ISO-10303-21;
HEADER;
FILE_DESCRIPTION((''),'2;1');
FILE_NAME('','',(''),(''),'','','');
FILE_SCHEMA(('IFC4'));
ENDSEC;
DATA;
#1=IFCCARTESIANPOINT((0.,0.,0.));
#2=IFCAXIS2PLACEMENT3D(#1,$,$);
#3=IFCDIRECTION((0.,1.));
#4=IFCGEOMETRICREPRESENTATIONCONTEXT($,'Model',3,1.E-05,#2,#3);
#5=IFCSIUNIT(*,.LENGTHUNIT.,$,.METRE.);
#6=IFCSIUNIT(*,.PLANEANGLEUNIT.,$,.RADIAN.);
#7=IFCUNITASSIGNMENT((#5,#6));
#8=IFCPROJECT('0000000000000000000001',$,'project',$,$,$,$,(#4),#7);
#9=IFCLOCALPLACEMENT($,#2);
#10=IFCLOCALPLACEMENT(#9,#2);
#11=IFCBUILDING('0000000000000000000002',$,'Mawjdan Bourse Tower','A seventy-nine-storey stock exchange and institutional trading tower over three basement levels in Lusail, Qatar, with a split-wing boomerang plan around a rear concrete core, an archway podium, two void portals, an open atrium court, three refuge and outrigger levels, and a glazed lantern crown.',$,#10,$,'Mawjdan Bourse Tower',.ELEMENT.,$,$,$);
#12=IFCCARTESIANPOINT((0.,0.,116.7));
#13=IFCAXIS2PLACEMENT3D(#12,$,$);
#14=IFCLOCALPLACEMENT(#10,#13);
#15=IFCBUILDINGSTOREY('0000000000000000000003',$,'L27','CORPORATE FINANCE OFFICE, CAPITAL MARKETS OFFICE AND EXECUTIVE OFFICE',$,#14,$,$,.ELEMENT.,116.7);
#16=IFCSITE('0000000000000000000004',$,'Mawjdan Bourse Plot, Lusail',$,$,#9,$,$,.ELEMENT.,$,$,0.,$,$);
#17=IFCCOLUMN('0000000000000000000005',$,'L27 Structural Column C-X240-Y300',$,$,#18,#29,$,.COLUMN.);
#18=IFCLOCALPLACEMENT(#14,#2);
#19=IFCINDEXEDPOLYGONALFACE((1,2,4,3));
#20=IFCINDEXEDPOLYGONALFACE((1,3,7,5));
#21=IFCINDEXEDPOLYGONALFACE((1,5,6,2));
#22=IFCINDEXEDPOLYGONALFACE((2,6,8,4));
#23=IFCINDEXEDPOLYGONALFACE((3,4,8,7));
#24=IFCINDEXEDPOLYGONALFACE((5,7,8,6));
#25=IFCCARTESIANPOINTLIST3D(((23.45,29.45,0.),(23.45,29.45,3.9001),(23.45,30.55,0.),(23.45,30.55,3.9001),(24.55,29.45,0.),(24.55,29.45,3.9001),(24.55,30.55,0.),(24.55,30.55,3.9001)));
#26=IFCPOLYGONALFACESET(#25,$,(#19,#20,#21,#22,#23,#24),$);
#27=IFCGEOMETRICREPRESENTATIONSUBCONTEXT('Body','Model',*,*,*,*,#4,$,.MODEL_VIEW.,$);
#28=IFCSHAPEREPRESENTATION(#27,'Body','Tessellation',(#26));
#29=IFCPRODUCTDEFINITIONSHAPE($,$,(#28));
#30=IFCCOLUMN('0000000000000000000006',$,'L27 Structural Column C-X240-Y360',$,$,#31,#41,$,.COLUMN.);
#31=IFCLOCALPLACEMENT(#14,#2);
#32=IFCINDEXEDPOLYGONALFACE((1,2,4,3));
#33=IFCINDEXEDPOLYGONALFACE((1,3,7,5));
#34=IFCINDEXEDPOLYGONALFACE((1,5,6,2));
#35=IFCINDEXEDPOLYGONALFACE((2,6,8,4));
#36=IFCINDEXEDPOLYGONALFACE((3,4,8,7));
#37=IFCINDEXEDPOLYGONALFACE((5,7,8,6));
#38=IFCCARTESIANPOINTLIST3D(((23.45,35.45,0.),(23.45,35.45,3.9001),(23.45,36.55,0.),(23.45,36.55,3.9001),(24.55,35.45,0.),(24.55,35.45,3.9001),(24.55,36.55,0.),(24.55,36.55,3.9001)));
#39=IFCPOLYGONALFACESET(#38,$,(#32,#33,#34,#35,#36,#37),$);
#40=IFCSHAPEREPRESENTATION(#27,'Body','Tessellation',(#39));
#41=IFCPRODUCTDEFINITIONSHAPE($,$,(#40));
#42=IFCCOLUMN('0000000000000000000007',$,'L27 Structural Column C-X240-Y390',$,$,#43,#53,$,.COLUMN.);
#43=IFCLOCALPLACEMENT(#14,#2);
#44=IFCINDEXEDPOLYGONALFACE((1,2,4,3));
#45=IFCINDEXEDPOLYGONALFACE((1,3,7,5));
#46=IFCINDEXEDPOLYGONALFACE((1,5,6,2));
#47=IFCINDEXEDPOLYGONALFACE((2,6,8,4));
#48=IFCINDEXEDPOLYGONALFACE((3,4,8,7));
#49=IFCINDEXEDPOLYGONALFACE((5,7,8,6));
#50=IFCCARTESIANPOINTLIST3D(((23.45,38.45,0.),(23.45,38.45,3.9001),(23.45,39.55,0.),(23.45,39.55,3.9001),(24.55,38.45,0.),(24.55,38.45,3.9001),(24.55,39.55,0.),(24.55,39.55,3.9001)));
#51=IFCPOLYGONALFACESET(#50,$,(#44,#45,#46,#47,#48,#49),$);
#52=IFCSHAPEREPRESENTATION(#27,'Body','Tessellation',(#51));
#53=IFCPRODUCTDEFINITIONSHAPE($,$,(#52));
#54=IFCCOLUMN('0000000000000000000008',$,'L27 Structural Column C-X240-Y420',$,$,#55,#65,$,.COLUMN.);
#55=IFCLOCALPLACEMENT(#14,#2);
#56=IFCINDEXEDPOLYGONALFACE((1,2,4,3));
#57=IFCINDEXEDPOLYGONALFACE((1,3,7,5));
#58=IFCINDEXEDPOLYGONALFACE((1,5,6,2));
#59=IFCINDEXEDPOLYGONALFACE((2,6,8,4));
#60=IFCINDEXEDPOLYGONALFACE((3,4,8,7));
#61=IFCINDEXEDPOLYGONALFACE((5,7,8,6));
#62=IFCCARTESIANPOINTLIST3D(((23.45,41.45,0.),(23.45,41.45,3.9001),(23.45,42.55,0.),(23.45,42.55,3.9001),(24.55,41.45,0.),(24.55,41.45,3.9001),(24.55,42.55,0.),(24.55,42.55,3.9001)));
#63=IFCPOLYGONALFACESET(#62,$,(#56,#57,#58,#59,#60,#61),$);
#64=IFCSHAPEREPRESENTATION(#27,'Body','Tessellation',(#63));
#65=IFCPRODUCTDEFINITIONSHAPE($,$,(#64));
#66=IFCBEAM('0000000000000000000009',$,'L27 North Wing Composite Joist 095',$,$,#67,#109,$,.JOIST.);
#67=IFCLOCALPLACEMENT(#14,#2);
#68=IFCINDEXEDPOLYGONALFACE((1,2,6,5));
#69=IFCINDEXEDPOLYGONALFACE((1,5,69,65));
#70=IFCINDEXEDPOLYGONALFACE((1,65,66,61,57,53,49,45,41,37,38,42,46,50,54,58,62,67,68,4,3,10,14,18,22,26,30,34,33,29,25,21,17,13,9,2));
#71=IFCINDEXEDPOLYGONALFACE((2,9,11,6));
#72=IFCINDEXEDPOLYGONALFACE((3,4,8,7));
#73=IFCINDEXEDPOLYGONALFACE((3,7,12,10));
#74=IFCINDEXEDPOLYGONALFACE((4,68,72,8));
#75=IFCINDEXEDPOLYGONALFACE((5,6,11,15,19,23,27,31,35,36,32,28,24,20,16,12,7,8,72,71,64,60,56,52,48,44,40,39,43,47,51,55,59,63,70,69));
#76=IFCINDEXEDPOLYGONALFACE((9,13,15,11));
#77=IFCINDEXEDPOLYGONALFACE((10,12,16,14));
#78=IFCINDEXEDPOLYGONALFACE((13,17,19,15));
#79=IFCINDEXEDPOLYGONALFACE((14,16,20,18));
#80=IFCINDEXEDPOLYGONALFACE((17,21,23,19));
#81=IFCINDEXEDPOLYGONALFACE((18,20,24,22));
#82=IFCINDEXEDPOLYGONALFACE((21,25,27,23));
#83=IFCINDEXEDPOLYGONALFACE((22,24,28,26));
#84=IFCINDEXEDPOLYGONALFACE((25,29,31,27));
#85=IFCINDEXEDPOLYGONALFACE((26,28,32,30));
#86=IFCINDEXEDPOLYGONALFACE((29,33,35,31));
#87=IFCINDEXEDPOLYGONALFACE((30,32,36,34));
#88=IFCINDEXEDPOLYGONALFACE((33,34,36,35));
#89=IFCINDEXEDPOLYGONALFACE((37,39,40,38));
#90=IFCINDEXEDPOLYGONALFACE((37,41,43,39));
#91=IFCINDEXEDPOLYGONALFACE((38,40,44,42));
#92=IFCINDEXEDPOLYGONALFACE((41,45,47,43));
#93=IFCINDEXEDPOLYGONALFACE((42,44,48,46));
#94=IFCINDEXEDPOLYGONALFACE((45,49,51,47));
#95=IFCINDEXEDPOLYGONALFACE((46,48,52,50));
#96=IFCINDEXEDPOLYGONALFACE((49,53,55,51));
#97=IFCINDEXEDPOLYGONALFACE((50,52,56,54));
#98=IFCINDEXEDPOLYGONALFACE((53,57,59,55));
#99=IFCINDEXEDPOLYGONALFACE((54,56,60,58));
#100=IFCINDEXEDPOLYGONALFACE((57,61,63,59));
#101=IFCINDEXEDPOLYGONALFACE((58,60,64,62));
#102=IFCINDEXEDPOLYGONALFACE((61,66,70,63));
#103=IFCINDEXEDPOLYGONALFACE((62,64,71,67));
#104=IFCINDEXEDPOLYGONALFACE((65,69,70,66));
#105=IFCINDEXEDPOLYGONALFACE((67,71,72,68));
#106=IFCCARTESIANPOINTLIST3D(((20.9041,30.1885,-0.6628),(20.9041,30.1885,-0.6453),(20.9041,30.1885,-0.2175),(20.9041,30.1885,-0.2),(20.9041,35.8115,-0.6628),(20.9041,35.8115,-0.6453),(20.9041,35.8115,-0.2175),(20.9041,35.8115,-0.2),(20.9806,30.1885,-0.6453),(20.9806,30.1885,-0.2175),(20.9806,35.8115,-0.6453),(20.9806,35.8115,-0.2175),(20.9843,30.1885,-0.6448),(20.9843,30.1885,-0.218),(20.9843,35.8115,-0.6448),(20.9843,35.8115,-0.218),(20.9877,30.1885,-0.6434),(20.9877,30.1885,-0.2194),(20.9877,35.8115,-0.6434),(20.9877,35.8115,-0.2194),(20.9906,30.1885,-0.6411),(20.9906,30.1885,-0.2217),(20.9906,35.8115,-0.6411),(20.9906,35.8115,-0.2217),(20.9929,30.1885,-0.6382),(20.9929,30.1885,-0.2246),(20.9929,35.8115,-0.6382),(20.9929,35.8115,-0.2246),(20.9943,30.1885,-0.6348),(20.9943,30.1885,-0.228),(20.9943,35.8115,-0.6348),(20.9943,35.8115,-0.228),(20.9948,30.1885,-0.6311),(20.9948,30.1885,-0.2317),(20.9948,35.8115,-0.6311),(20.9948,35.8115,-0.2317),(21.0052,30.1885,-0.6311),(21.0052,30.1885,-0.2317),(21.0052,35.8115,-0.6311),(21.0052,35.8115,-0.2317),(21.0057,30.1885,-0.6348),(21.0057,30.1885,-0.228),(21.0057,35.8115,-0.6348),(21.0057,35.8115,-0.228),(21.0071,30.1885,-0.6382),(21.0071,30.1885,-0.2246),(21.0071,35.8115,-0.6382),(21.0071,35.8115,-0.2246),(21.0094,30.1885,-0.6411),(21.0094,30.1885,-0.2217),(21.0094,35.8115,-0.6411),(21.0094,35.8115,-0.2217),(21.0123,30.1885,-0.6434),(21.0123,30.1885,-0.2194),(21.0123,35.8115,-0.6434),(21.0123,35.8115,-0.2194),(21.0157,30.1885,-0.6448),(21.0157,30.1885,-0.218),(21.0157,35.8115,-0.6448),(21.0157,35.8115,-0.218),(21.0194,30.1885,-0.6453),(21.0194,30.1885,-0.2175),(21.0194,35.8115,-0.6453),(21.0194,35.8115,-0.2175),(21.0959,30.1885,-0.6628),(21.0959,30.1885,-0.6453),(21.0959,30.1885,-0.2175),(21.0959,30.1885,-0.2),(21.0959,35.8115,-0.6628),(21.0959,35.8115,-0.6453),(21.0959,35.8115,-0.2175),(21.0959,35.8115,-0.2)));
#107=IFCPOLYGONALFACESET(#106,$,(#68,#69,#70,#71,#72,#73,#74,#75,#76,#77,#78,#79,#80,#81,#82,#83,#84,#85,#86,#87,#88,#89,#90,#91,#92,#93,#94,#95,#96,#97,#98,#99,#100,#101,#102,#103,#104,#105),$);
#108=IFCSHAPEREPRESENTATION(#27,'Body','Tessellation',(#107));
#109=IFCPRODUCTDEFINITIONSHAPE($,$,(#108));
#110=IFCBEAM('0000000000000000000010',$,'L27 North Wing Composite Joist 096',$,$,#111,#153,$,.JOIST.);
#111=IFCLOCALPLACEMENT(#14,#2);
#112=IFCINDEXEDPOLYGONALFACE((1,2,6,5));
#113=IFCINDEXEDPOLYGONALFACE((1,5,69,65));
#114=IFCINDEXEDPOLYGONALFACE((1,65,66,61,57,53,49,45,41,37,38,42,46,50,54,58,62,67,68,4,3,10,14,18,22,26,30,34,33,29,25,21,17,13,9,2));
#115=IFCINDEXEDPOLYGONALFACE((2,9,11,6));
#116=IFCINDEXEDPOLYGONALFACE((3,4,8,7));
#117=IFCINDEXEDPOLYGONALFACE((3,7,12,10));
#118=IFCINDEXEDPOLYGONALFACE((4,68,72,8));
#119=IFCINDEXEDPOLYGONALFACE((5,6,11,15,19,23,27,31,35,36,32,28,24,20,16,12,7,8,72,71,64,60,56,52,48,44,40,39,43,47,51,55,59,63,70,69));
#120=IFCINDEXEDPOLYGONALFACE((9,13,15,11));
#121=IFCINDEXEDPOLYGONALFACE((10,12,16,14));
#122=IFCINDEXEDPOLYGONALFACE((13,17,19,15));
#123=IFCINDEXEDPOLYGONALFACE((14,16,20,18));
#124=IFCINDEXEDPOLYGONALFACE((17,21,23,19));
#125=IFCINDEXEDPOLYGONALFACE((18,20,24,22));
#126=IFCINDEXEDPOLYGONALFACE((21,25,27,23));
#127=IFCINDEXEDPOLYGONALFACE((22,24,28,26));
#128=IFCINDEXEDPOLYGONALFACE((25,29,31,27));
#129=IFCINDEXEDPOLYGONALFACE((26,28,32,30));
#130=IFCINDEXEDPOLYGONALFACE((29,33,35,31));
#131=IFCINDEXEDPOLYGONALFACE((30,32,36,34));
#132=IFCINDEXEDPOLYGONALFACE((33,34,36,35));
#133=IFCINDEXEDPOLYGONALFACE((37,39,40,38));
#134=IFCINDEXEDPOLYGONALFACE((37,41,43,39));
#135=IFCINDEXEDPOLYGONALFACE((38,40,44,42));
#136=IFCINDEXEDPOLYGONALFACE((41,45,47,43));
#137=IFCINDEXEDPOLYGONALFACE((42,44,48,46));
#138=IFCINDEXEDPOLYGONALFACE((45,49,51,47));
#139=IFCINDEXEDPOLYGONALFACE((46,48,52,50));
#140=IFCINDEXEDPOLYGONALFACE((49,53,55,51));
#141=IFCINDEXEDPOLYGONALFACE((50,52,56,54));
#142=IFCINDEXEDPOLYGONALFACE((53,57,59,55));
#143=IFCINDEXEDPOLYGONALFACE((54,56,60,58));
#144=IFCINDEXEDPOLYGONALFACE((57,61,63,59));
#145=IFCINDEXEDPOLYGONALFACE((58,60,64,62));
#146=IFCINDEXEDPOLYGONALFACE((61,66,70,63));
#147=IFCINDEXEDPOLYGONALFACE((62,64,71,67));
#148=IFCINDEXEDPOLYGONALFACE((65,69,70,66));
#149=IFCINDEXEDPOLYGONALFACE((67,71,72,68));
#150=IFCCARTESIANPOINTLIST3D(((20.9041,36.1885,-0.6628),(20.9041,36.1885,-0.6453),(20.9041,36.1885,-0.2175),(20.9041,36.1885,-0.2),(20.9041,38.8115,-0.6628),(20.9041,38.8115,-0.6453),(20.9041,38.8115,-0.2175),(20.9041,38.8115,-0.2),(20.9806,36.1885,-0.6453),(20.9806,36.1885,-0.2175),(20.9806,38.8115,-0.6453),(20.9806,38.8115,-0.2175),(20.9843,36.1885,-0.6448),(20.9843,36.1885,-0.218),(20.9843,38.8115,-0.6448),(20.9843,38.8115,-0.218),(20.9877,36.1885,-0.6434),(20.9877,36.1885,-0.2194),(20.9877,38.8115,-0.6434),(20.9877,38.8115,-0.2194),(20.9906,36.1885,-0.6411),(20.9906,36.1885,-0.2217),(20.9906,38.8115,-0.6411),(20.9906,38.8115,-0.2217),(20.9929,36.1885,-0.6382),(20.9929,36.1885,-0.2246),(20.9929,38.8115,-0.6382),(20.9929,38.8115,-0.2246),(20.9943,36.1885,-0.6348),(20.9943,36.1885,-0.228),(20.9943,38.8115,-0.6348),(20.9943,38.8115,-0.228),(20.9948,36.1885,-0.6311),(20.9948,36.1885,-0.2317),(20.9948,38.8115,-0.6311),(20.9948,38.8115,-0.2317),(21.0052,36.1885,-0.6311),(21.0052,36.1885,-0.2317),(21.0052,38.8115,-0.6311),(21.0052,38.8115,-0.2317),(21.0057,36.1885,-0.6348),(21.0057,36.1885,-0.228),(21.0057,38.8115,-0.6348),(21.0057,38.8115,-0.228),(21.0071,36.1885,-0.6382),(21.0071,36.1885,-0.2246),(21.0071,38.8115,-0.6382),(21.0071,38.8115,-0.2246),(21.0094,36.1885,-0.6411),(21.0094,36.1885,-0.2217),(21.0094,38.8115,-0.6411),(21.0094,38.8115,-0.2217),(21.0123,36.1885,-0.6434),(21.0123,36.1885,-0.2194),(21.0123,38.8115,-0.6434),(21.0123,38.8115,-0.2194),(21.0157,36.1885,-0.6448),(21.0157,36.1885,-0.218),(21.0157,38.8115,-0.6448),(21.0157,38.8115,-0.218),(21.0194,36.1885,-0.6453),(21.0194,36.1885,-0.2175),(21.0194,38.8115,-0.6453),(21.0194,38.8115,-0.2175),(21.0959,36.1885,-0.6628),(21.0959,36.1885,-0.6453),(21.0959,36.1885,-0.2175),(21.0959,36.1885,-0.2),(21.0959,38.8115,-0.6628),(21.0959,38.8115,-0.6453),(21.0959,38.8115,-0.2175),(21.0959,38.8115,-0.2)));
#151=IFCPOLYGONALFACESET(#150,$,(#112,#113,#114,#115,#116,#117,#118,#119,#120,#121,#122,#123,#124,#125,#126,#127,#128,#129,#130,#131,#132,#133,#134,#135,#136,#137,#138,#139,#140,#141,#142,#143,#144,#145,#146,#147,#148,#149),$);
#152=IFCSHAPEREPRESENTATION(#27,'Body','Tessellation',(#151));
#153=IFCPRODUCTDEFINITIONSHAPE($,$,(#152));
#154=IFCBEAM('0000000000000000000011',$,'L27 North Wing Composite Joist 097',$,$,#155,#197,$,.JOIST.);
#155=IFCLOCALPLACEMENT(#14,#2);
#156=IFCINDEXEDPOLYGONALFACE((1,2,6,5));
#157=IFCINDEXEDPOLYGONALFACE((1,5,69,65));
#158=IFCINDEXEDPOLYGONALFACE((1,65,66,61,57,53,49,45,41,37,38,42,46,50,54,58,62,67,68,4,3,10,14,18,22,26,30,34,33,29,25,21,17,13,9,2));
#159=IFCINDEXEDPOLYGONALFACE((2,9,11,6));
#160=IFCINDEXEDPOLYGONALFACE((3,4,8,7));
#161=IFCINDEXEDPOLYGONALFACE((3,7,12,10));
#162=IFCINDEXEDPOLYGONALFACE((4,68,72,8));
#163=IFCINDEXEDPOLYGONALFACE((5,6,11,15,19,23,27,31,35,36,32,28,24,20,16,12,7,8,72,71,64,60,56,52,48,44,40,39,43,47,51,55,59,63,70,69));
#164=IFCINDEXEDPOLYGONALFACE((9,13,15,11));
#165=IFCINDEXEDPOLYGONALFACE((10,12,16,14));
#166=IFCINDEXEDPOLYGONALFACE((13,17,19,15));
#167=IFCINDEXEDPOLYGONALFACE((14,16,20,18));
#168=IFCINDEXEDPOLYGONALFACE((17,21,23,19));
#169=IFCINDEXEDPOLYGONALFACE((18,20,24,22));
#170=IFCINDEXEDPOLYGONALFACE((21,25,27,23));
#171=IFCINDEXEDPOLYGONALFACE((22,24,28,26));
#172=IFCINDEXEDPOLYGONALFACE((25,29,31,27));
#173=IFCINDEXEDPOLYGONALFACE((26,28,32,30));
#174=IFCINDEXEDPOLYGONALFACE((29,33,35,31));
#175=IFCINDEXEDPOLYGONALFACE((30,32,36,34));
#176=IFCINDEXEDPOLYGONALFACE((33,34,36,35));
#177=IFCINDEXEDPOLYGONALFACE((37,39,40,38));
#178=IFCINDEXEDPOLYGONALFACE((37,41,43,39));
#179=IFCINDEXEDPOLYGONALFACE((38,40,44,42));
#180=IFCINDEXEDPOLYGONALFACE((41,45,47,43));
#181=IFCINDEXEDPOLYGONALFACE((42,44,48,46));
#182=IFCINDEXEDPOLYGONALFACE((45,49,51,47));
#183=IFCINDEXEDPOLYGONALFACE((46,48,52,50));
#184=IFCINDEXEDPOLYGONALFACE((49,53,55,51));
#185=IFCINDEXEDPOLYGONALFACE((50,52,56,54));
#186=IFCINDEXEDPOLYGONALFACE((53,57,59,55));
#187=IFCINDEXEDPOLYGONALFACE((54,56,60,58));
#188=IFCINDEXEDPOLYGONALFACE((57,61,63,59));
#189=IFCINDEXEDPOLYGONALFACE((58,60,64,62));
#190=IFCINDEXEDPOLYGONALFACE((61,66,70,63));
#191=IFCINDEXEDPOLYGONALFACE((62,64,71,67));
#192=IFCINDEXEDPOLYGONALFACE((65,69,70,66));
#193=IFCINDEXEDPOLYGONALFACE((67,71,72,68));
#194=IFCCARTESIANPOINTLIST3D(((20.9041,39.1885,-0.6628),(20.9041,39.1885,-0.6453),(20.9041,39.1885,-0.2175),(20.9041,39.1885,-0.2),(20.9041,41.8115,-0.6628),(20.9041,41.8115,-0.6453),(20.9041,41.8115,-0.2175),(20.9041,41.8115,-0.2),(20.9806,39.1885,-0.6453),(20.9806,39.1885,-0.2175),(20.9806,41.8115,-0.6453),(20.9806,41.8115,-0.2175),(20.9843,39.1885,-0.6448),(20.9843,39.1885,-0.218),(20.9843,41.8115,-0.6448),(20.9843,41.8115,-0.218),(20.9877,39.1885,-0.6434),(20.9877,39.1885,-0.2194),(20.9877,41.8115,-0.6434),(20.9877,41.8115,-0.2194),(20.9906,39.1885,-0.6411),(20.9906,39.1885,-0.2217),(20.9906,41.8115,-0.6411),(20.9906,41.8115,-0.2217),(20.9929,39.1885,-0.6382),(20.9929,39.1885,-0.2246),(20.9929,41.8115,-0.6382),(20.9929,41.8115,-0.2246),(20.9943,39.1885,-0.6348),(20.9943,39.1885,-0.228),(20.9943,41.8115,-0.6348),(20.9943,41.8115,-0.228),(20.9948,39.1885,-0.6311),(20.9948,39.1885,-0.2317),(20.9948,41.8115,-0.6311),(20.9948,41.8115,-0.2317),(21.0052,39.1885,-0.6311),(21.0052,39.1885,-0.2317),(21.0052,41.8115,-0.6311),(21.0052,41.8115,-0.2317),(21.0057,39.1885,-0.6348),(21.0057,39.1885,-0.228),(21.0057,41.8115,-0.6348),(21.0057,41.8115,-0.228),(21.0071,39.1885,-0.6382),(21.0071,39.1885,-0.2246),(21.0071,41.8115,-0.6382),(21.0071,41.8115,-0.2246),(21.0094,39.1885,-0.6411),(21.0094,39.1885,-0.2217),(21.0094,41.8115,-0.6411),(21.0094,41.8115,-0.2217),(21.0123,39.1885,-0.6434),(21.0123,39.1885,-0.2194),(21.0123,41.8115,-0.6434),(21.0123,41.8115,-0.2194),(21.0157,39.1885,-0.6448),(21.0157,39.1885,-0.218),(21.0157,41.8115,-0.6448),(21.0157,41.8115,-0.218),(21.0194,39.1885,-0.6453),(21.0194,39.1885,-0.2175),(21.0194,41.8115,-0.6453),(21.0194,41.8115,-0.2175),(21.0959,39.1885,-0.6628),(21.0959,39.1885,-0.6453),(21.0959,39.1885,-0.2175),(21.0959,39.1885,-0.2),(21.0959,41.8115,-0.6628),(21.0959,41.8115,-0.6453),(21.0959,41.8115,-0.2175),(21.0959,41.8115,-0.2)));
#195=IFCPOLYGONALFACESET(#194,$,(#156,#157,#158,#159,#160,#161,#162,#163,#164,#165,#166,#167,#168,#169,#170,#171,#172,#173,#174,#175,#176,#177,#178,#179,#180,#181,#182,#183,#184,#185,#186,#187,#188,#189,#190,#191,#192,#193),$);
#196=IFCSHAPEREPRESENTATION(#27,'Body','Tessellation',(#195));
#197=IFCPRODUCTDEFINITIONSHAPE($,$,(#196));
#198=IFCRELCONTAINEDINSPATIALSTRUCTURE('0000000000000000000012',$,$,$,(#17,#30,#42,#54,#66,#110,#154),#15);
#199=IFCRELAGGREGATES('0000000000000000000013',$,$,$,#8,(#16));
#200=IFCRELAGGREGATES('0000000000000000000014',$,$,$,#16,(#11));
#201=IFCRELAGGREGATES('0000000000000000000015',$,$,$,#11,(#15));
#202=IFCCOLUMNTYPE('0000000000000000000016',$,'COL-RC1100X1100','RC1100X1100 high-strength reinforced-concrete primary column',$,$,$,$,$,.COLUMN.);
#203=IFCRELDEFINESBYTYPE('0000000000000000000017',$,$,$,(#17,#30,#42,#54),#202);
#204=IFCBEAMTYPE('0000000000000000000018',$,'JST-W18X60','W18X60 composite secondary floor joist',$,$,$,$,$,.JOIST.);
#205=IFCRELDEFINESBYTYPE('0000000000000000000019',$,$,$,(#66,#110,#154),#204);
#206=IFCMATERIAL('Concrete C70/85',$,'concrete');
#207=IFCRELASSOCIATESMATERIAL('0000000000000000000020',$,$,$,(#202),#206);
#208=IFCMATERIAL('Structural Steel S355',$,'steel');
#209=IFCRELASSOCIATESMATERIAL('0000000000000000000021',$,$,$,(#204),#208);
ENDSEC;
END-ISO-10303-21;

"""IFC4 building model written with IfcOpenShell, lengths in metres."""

from ifc_helpers import new_model, si_unit, direction, frame, origin, origin_2d, place, context, subcontext, project, spatial, rectangle, i_section, extrude, material, material_profile, profile_set, type_object, element, save


model = new_model("IFC4")

# Units and contexts
model_context = context("Model", 3, precision=1e-05, world=origin(), true_north=direction((0.0, 1.0)))
body_context = subcontext(model_context, "Body", "Model", "MODEL_VIEW")
ifc_project = project(units=[si_unit("LENGTHUNIT", "METRE"), si_unit("PLANEANGLEUNIT", "RADIAN")], contexts=[model_context])

# Site, building, storey
site_placement = place(None, origin())
site = spatial("IfcSite", under=ifc_project, at=site_placement, Name="Mawjdan Bourse Plot, Lusail", CompositionType="ELEMENT", RefElevation=0.0)
building_placement = place(site_placement, origin())
building = spatial("IfcBuilding", under=site, at=building_placement, Name="Mawjdan Bourse Tower", Description="A seventy-nine-storey stock exchange and institutional trading tower over three basement levels in Lusail, Qatar, with a split-wing boomerang plan around a rear concrete core, an archway podium, two void portals, an open atrium court, three refuge and outrigger levels, and a glazed lantern crown.", LongName="Mawjdan Bourse Tower", CompositionType="ELEMENT")
storey_placement = place(building_placement, frame((0.0, 0.0, 116.7)))
storey = spatial("IfcBuildingStorey", under=building, at=storey_placement, Name="L27", Description="CORPORATE FINANCE OFFICE, CAPITAL MARKETS OFFICE AND EXECUTIVE OFFICE", CompositionType="ELEMENT", Elevation=116.7)

# Columns
ifc_material_1 = material(Name="Concrete C70/85", Category="concrete")
ifc_material_profile_1 = material_profile(ifc_material_1, rectangle(XDim=1.1001, YDim=1.1001, at=origin_2d()), Name="RC1100X1100")
ifc_profile_set_1 = profile_set([ifc_material_profile_1], Name="Concrete C70/85")
column_type = type_object("IfcColumnType", Name="COL-RC1100X1100", Description="RC1100X1100 high-strength reinforced-concrete primary column", PredefinedType="COLUMN", material=ifc_profile_set_1)
for number, where, z_axis, x_axis, name in (
    (1, (24.0, 30.0, 0.0), (0.0, 0.0, 1.0), (1.0, 0.0, 0.0), "L27 Structural Column C-X240-Y300"),
    (2, (24.0, 36.0, 0.0), (0.0, 0.0, 1.0), (1.0, 0.0, 0.0), "L27 Structural Column C-X240-Y360"),
    (3, (24.0, 39.0, 0.0), (0.0, 0.0, 1.0), (1.0, 0.0, 0.0), "L27 Structural Column C-X240-Y390"),
    (4, (24.0, 42.0, 0.0), (0.0, 0.0, 1.0), (1.0, 0.0, 0.0), "L27 Structural Column C-X240-Y420"),
):
    element("IfcColumn", number, at=place(storey_placement, frame(where, z_axis=z_axis, x_axis=x_axis)), inside=storey, type_object=column_type, Name=name, PredefinedType="COLUMN", context=body_context, shape_type="SweptSolid", body=[
        extrude(rectangle(XDim=1.1001, YDim=1.1001, at=origin_2d()), origin(), (0.0, 0.0, 1.0), 3.9001),
    ])

# Beams
ifc_material_2 = material(Name="Structural Steel S355", Category="steel")
ifc_material_profile_2 = material_profile(ifc_material_2, i_section(OverallWidth=0.1919, OverallDepth=0.4629, WebThickness=0.0105, FlangeThickness=0.0176, FilletRadius=0.0142, at=origin_2d()), Name="W18X60")
ifc_profile_set_2 = profile_set([ifc_material_profile_2], Name="Structural Steel S355")
beam_type_1 = type_object("IfcBeamType", Name="JST-W18X60", Description="W18X60 composite secondary floor joist", PredefinedType="JOIST", material=ifc_profile_set_2)
beam_placement = place(storey_placement, frame((21.0, 30.1885, -0.4314), z_axis=(0.0, 1.0, 0.0), x_axis=(-1.0, 0.0, 0.0)))
element("IfcBeam", 5, at=beam_placement, inside=storey, type_object=beam_type_1, Name="L27 North Wing Composite Joist 095", PredefinedType="JOIST", context=body_context, shape_type="SweptSolid", body=[
    extrude(i_section(OverallWidth=0.1919, OverallDepth=0.4629, WebThickness=0.0105, FlangeThickness=0.0176, FilletRadius=0.0142, at=origin_2d()), origin(), (0.0, 0.0, 1.0), 5.623),
])
for number, where, z_axis, x_axis, name in (
    (6, (21.0, 36.1885, -0.4314), (0.0, 1.0, 0.0), (-1.0, 0.0, 0.0), "L27 North Wing Composite Joist 096"),
    (7, (21.0, 39.1885, -0.4314), (0.0, 1.0, 0.0), (-1.0, 0.0, 0.0), "L27 North Wing Composite Joist 097"),
):
    element("IfcBeam", number, at=place(storey_placement, frame(where, z_axis=z_axis, x_axis=x_axis)), inside=storey, type_object=beam_type_1, Name=name, PredefinedType="JOIST", context=body_context, shape_type="SweptSolid", body=[
        extrude(i_section(OverallWidth=0.1919, OverallDepth=0.4629, WebThickness=0.0105, FlangeThickness=0.0176, FilletRadius=0.0142, at=origin_2d()), origin(), (0.0, 0.0, 1.0), 2.623),
    ])

save(model, "model.ifc")
